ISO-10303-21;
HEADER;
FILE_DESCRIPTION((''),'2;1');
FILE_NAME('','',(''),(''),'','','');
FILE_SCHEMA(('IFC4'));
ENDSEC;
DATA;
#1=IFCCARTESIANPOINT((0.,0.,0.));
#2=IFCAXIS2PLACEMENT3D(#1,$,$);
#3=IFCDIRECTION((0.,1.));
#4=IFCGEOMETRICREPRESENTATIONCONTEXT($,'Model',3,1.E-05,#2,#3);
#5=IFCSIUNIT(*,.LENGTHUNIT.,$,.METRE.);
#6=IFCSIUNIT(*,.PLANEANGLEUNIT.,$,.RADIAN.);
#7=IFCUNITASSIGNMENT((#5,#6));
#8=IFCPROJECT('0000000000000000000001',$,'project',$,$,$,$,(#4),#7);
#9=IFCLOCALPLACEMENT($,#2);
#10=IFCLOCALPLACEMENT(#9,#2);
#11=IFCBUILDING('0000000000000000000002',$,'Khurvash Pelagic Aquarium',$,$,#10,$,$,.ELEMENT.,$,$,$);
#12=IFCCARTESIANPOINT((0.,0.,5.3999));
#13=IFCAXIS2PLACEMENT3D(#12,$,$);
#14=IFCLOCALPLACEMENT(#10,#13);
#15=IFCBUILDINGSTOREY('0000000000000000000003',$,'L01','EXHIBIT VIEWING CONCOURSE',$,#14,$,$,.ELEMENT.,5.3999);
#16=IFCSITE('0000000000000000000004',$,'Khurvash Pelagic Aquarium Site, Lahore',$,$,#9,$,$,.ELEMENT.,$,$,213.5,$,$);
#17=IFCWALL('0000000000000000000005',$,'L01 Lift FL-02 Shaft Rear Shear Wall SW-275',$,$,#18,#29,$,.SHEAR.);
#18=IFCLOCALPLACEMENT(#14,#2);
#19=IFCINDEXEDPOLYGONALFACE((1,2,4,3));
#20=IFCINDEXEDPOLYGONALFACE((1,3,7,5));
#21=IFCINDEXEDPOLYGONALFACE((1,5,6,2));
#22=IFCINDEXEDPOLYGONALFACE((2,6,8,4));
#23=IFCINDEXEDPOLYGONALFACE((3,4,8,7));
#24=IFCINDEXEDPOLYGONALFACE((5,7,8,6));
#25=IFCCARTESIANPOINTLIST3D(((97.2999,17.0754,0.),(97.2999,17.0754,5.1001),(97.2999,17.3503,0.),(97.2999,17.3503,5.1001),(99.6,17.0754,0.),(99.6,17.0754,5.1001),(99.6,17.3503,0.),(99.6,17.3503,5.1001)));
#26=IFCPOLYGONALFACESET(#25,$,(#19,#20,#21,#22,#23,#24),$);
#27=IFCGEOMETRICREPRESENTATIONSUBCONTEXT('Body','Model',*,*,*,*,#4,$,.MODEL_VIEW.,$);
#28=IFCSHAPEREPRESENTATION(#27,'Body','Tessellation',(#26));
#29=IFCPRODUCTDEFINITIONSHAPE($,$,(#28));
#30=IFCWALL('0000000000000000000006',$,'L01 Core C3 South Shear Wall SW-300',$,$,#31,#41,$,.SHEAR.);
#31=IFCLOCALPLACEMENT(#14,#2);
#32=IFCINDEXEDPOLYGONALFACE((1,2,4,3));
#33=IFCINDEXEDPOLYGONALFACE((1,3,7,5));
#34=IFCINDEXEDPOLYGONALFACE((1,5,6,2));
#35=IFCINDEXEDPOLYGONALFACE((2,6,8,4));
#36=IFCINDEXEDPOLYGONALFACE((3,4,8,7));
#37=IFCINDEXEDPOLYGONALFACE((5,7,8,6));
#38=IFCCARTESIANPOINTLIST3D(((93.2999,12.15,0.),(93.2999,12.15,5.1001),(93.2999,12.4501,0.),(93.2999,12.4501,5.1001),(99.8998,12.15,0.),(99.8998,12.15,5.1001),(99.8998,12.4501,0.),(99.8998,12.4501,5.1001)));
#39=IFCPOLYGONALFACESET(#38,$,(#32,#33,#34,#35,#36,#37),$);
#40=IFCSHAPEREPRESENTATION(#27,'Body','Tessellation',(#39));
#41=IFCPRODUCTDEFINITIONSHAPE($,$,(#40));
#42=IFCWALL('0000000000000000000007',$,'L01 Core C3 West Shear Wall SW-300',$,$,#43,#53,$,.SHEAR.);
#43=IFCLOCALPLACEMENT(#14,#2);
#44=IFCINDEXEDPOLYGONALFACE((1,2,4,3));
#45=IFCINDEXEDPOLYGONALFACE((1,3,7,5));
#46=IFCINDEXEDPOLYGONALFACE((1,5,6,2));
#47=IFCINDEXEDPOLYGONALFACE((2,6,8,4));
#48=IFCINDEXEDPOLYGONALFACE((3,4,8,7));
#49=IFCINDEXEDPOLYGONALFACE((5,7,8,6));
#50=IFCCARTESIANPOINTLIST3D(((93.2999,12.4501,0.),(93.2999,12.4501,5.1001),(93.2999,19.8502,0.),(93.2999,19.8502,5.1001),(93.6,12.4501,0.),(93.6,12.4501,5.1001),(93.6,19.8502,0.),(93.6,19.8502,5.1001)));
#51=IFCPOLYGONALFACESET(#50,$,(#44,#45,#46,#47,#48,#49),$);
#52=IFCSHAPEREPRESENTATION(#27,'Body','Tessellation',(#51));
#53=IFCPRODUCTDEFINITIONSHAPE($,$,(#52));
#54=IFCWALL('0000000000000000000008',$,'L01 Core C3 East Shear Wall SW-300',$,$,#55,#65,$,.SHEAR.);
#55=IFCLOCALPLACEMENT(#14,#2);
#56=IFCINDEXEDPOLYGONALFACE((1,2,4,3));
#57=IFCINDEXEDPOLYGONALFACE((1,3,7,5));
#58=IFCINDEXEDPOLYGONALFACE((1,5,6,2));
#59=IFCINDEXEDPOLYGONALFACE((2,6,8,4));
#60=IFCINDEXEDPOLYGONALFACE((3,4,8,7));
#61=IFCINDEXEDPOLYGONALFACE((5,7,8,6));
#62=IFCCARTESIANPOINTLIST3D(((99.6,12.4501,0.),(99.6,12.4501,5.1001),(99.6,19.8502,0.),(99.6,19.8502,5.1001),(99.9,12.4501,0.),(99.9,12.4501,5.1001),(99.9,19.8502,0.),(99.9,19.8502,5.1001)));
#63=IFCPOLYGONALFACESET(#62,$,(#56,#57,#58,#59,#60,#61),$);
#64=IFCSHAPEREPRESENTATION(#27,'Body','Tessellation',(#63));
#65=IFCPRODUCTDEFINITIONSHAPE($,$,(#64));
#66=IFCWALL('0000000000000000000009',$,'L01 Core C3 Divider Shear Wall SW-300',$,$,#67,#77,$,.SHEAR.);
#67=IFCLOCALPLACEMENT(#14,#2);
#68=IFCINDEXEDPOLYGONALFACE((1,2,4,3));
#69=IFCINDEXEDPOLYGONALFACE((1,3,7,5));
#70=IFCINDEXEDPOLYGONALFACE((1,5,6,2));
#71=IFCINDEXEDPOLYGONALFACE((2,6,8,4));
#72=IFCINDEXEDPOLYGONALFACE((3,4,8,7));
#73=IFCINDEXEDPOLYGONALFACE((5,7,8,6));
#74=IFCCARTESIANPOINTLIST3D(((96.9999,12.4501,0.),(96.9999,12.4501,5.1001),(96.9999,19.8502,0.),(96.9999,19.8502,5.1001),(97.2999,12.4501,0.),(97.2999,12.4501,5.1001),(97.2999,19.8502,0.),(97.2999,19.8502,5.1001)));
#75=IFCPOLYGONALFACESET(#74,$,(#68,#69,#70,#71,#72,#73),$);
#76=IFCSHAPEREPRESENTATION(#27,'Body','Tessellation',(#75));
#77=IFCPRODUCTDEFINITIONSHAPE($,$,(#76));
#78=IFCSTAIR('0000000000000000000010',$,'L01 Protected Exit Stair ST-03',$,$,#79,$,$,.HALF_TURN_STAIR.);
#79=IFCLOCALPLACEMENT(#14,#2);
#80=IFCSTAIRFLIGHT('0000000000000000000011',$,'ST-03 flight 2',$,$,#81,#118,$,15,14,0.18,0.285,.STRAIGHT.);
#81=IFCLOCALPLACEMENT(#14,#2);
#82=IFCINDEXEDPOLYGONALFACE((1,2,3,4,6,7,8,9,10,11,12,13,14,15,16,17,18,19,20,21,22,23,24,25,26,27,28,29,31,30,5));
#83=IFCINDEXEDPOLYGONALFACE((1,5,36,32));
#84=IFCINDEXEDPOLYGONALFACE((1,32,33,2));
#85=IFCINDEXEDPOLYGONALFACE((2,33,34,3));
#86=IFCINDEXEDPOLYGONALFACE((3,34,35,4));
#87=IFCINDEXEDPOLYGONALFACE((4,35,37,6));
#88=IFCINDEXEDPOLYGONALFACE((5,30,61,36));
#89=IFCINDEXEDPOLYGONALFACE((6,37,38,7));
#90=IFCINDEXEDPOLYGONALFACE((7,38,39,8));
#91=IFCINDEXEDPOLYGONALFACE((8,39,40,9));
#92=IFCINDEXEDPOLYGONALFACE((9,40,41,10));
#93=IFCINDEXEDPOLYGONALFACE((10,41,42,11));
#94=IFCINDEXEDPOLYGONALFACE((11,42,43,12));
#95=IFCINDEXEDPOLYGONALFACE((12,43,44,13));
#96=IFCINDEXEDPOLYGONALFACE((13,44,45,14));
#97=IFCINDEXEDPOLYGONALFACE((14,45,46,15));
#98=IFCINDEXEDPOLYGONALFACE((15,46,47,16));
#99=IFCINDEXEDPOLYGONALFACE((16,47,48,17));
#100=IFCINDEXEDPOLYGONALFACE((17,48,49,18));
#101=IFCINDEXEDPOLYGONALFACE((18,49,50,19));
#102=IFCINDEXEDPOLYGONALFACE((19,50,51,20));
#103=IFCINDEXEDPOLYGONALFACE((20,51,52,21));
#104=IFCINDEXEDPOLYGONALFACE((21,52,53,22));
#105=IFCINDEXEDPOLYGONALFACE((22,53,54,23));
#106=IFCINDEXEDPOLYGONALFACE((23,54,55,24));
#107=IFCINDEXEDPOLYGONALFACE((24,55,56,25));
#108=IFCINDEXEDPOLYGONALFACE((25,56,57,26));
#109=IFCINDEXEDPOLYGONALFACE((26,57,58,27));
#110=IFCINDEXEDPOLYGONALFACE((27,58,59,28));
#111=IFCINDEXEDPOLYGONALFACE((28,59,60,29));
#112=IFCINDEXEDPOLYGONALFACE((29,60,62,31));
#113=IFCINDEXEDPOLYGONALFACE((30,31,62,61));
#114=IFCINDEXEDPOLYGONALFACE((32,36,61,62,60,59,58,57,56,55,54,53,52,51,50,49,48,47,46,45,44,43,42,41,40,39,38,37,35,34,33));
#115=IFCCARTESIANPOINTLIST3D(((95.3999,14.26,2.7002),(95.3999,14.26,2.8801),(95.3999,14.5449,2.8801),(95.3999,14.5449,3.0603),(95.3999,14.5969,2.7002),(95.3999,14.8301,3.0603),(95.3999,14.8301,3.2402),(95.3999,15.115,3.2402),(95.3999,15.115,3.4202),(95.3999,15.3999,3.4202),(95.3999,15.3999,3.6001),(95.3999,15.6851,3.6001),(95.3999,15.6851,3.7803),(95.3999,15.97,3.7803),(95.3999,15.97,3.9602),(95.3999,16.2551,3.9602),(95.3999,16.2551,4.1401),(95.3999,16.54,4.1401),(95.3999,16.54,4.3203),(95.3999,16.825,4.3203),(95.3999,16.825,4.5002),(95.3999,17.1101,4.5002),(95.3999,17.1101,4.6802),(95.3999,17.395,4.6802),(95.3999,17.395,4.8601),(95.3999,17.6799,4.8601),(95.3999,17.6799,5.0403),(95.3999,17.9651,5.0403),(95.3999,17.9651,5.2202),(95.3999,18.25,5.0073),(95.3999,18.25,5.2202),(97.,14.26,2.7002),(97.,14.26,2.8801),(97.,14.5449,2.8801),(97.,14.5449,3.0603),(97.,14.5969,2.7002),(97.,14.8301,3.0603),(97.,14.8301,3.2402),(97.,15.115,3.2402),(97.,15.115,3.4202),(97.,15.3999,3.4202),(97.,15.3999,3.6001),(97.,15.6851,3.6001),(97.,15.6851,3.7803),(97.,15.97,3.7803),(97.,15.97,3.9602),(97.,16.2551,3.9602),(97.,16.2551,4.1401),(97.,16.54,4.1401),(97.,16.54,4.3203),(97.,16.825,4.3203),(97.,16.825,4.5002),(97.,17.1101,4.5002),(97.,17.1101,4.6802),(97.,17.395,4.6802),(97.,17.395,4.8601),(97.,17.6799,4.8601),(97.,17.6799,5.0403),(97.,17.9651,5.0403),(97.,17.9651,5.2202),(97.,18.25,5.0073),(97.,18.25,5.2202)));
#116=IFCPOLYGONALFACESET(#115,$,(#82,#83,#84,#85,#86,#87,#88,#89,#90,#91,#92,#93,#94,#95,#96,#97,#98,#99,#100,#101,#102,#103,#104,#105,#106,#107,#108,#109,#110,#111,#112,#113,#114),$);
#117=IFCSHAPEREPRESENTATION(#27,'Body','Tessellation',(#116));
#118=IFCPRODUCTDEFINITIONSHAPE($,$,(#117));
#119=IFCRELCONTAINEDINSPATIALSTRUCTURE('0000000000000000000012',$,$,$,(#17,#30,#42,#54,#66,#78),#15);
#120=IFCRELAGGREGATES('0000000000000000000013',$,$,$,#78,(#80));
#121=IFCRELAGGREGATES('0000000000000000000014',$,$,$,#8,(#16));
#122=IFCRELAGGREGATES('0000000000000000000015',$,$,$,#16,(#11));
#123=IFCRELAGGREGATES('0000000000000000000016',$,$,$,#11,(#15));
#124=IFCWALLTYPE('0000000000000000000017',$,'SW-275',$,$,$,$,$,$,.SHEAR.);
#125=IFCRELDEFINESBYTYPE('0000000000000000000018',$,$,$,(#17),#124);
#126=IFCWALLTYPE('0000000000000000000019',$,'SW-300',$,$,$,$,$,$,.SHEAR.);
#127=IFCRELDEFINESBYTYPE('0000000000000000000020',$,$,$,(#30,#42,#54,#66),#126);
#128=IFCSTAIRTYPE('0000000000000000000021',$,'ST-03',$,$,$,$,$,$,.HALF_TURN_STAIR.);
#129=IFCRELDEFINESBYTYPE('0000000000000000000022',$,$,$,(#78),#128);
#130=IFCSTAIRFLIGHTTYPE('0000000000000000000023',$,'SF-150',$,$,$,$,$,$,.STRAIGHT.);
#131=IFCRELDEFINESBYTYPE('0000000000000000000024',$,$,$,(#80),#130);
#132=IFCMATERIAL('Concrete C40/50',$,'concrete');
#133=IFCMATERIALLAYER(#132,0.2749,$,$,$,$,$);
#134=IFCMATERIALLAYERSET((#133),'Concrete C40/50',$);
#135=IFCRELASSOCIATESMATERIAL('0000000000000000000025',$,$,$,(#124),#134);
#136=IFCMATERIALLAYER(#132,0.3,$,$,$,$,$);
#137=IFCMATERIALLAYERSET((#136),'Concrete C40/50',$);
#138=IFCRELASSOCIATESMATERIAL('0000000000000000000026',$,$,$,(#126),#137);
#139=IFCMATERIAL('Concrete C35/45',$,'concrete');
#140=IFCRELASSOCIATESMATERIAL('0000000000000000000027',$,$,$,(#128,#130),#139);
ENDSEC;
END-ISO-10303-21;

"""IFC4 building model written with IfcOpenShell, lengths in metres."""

from ifc_helpers import new_model, si_unit, direction, frame, frame_2d, origin, place, context, subcontext, project, spatial, polyline, rectangle, outline, extrude, material, layer, layer_set, type_object, element, aggregate, save


model = new_model("IFC4")

# Units and contexts
model_context = context("Model", 3, precision=1e-05, world=origin(), true_north=direction((0.0, 1.0)))
body_context = subcontext(model_context, "Body", "Model", "MODEL_VIEW")
ifc_project = project(units=[si_unit("LENGTHUNIT", "METRE"), si_unit("PLANEANGLEUNIT", "RADIAN")], contexts=[model_context])

# Site, building, storey
site_placement = place(None, origin())
site = spatial("IfcSite", under=ifc_project, at=site_placement, Name="Khurvash Pelagic Aquarium Site, Lahore", CompositionType="ELEMENT", RefElevation=213.5)
building_placement = place(site_placement, origin())
building = spatial("IfcBuilding", under=site, at=building_placement, Name="Khurvash Pelagic Aquarium", CompositionType="ELEMENT")
storey_placement = place(building_placement, frame((0.0, 0.0, 5.3999)))
storey = spatial("IfcBuildingStorey", under=building, at=storey_placement, Name="L01", Description="EXHIBIT VIEWING CONCOURSE", CompositionType="ELEMENT", Elevation=5.3999)

# Shared definitions
ifc_material_1 = material(Name="Concrete C40/50", Category="concrete")

# Shared definitions
ifc_material_2 = material(Name="Concrete C35/45", Category="concrete")

# Walls
ifc_layer_1 = layer(ifc_material_1, 0.2749)
ifc_layer_set_1 = layer_set([ifc_layer_1], Name="Concrete C40/50")
wall_type_1 = type_object("IfcWallType", Name="SW-275", PredefinedType="SHEAR", material=ifc_layer_set_1)
wall_1_placement = place(storey_placement, frame((97.3, 17.2129, 0.0), z_axis=(0.0, 0.0, 1.0), x_axis=(1.0, 0.0, 0.0)))
element("IfcWall", 1, at=wall_1_placement, inside=storey, type_object=wall_type_1, Name="L01 Lift FL-02 Shaft Rear Shear Wall SW-275", PredefinedType="SHEAR", context=body_context, shape_type="SweptSolid", body=[
    extrude(rectangle(XDim=2.3, YDim=0.2749, at=frame_2d((1.1499, 0.0))), origin(), (0.0, 0.0, 1.0), 5.1001),
])
ifc_layer_2 = layer(ifc_material_1, 0.3)
ifc_layer_set_2 = layer_set([ifc_layer_2], Name="Concrete C40/50")
wall_type_2 = type_object("IfcWallType", Name="SW-300", PredefinedType="SHEAR", material=ifc_layer_set_2)
wall_2_placement = place(storey_placement, frame((93.3, 12.3, 0.0), z_axis=(0.0, 0.0, 1.0), x_axis=(1.0, 0.0, 0.0)))
element("IfcWall", 2, at=wall_2_placement, inside=storey, type_object=wall_type_2, Name="L01 Core C3 South Shear Wall SW-300", PredefinedType="SHEAR", context=body_context, shape_type="SweptSolid", body=[
    extrude(rectangle(XDim=6.5999, YDim=0.3, at=frame_2d((3.2998, 0.0))), origin(), (0.0, 0.0, 1.0), 5.1001),
])
for number, where, z_axis, x_axis, name in (
    (3, (93.45, 12.45, 0.0), (0.0, 0.0, 1.0), (0.0, 1.0, 0.0), "L01 Core C3 West Shear Wall SW-300"),
    (4, (99.75, 12.45, 0.0), (0.0, 0.0, 1.0), (0.0, 1.0, 0.0), "L01 Core C3 East Shear Wall SW-300"),
    (5, (97.1499, 12.45, 0.0), (0.0, 0.0, 1.0), (0.0, 1.0, 0.0), "L01 Core C3 Divider Shear Wall SW-300"),
):
    element("IfcWall", number, at=place(storey_placement, frame(where, z_axis=z_axis, x_axis=x_axis)), inside=storey, type_object=wall_type_2, Name=name, PredefinedType="SHEAR", context=body_context, shape_type="SweptSolid", body=[
        extrude(rectangle(XDim=7.4001, YDim=0.3, at=frame_2d((3.7002, 0.0))), origin(), (0.0, 0.0, 1.0), 5.1001),
    ])

# Stair, stair flight
stair_type = type_object("IfcStairType", Name="ST-03", PredefinedType="HALF_TURN_STAIR", material=ifc_material_2)
stair_placement = place(storey_placement, origin())
stair = element("IfcStair", 6, at=stair_placement, inside=storey, type_object=stair_type, Name="L01 Protected Exit Stair ST-03", PredefinedType="HALF_TURN_STAIR")
stair_flight_type = type_object("IfcStairFlightType", Name="SF-150", PredefinedType="STRAIGHT", material=ifc_material_2)
stair_flight_placement = place(storey_placement, frame((96.2, 14.26, 2.7002), z_axis=(0.0, 0.0, 1.0), x_axis=(0.0, 1.0, 0.0)))
stair_flight = element("IfcStairFlight", 7, at=stair_flight_placement, type_object=stair_flight_type, Name="ST-03 flight 2", NumberOfRisers=15, NumberOfTreads=14, PredefinedType="STRAIGHT", RiserHeight=0.18, TreadLength=0.285, context=body_context, shape_type="SweptSolid", body=[
    extrude(outline(polyline([(0.0, 0.0), (0.0, 0.1799), (0.2849, 0.1799), (0.2849, 0.3601), (0.5701, 0.3601), (0.5701, 0.54), (0.855, 0.54), (0.855, 0.72), (1.1399, 0.72), (1.1399, 0.8999), (1.425, 0.8999), (1.425, 1.0801), (1.71, 1.0801), (1.71, 1.26), (1.9951, 1.26), (1.9951, 1.4399), (2.28, 1.4399), (2.28, 1.6201), (2.5649, 1.6201), (2.5649, 1.8), (2.8501, 1.8), (2.8501, 1.98), (3.135, 1.98), (3.135, 2.1599), (3.4199, 2.1599), (3.4199, 2.3401), (3.7051, 2.3401), (3.7051, 2.52), (3.99, 2.52), (3.99, 2.7), (3.99, 2.3071), (0.3369, 0.0), (0.0, 0.0)])), frame((0.0, 0.8, 0.0), z_axis=(0.0, -1.0, 0.0), x_axis=(1.0, 0.0, 0.0)), (0.0, 0.0, 1.0), 1.6001),
])
aggregate(stair, [stair_flight])

save(model, "model.ifc")
